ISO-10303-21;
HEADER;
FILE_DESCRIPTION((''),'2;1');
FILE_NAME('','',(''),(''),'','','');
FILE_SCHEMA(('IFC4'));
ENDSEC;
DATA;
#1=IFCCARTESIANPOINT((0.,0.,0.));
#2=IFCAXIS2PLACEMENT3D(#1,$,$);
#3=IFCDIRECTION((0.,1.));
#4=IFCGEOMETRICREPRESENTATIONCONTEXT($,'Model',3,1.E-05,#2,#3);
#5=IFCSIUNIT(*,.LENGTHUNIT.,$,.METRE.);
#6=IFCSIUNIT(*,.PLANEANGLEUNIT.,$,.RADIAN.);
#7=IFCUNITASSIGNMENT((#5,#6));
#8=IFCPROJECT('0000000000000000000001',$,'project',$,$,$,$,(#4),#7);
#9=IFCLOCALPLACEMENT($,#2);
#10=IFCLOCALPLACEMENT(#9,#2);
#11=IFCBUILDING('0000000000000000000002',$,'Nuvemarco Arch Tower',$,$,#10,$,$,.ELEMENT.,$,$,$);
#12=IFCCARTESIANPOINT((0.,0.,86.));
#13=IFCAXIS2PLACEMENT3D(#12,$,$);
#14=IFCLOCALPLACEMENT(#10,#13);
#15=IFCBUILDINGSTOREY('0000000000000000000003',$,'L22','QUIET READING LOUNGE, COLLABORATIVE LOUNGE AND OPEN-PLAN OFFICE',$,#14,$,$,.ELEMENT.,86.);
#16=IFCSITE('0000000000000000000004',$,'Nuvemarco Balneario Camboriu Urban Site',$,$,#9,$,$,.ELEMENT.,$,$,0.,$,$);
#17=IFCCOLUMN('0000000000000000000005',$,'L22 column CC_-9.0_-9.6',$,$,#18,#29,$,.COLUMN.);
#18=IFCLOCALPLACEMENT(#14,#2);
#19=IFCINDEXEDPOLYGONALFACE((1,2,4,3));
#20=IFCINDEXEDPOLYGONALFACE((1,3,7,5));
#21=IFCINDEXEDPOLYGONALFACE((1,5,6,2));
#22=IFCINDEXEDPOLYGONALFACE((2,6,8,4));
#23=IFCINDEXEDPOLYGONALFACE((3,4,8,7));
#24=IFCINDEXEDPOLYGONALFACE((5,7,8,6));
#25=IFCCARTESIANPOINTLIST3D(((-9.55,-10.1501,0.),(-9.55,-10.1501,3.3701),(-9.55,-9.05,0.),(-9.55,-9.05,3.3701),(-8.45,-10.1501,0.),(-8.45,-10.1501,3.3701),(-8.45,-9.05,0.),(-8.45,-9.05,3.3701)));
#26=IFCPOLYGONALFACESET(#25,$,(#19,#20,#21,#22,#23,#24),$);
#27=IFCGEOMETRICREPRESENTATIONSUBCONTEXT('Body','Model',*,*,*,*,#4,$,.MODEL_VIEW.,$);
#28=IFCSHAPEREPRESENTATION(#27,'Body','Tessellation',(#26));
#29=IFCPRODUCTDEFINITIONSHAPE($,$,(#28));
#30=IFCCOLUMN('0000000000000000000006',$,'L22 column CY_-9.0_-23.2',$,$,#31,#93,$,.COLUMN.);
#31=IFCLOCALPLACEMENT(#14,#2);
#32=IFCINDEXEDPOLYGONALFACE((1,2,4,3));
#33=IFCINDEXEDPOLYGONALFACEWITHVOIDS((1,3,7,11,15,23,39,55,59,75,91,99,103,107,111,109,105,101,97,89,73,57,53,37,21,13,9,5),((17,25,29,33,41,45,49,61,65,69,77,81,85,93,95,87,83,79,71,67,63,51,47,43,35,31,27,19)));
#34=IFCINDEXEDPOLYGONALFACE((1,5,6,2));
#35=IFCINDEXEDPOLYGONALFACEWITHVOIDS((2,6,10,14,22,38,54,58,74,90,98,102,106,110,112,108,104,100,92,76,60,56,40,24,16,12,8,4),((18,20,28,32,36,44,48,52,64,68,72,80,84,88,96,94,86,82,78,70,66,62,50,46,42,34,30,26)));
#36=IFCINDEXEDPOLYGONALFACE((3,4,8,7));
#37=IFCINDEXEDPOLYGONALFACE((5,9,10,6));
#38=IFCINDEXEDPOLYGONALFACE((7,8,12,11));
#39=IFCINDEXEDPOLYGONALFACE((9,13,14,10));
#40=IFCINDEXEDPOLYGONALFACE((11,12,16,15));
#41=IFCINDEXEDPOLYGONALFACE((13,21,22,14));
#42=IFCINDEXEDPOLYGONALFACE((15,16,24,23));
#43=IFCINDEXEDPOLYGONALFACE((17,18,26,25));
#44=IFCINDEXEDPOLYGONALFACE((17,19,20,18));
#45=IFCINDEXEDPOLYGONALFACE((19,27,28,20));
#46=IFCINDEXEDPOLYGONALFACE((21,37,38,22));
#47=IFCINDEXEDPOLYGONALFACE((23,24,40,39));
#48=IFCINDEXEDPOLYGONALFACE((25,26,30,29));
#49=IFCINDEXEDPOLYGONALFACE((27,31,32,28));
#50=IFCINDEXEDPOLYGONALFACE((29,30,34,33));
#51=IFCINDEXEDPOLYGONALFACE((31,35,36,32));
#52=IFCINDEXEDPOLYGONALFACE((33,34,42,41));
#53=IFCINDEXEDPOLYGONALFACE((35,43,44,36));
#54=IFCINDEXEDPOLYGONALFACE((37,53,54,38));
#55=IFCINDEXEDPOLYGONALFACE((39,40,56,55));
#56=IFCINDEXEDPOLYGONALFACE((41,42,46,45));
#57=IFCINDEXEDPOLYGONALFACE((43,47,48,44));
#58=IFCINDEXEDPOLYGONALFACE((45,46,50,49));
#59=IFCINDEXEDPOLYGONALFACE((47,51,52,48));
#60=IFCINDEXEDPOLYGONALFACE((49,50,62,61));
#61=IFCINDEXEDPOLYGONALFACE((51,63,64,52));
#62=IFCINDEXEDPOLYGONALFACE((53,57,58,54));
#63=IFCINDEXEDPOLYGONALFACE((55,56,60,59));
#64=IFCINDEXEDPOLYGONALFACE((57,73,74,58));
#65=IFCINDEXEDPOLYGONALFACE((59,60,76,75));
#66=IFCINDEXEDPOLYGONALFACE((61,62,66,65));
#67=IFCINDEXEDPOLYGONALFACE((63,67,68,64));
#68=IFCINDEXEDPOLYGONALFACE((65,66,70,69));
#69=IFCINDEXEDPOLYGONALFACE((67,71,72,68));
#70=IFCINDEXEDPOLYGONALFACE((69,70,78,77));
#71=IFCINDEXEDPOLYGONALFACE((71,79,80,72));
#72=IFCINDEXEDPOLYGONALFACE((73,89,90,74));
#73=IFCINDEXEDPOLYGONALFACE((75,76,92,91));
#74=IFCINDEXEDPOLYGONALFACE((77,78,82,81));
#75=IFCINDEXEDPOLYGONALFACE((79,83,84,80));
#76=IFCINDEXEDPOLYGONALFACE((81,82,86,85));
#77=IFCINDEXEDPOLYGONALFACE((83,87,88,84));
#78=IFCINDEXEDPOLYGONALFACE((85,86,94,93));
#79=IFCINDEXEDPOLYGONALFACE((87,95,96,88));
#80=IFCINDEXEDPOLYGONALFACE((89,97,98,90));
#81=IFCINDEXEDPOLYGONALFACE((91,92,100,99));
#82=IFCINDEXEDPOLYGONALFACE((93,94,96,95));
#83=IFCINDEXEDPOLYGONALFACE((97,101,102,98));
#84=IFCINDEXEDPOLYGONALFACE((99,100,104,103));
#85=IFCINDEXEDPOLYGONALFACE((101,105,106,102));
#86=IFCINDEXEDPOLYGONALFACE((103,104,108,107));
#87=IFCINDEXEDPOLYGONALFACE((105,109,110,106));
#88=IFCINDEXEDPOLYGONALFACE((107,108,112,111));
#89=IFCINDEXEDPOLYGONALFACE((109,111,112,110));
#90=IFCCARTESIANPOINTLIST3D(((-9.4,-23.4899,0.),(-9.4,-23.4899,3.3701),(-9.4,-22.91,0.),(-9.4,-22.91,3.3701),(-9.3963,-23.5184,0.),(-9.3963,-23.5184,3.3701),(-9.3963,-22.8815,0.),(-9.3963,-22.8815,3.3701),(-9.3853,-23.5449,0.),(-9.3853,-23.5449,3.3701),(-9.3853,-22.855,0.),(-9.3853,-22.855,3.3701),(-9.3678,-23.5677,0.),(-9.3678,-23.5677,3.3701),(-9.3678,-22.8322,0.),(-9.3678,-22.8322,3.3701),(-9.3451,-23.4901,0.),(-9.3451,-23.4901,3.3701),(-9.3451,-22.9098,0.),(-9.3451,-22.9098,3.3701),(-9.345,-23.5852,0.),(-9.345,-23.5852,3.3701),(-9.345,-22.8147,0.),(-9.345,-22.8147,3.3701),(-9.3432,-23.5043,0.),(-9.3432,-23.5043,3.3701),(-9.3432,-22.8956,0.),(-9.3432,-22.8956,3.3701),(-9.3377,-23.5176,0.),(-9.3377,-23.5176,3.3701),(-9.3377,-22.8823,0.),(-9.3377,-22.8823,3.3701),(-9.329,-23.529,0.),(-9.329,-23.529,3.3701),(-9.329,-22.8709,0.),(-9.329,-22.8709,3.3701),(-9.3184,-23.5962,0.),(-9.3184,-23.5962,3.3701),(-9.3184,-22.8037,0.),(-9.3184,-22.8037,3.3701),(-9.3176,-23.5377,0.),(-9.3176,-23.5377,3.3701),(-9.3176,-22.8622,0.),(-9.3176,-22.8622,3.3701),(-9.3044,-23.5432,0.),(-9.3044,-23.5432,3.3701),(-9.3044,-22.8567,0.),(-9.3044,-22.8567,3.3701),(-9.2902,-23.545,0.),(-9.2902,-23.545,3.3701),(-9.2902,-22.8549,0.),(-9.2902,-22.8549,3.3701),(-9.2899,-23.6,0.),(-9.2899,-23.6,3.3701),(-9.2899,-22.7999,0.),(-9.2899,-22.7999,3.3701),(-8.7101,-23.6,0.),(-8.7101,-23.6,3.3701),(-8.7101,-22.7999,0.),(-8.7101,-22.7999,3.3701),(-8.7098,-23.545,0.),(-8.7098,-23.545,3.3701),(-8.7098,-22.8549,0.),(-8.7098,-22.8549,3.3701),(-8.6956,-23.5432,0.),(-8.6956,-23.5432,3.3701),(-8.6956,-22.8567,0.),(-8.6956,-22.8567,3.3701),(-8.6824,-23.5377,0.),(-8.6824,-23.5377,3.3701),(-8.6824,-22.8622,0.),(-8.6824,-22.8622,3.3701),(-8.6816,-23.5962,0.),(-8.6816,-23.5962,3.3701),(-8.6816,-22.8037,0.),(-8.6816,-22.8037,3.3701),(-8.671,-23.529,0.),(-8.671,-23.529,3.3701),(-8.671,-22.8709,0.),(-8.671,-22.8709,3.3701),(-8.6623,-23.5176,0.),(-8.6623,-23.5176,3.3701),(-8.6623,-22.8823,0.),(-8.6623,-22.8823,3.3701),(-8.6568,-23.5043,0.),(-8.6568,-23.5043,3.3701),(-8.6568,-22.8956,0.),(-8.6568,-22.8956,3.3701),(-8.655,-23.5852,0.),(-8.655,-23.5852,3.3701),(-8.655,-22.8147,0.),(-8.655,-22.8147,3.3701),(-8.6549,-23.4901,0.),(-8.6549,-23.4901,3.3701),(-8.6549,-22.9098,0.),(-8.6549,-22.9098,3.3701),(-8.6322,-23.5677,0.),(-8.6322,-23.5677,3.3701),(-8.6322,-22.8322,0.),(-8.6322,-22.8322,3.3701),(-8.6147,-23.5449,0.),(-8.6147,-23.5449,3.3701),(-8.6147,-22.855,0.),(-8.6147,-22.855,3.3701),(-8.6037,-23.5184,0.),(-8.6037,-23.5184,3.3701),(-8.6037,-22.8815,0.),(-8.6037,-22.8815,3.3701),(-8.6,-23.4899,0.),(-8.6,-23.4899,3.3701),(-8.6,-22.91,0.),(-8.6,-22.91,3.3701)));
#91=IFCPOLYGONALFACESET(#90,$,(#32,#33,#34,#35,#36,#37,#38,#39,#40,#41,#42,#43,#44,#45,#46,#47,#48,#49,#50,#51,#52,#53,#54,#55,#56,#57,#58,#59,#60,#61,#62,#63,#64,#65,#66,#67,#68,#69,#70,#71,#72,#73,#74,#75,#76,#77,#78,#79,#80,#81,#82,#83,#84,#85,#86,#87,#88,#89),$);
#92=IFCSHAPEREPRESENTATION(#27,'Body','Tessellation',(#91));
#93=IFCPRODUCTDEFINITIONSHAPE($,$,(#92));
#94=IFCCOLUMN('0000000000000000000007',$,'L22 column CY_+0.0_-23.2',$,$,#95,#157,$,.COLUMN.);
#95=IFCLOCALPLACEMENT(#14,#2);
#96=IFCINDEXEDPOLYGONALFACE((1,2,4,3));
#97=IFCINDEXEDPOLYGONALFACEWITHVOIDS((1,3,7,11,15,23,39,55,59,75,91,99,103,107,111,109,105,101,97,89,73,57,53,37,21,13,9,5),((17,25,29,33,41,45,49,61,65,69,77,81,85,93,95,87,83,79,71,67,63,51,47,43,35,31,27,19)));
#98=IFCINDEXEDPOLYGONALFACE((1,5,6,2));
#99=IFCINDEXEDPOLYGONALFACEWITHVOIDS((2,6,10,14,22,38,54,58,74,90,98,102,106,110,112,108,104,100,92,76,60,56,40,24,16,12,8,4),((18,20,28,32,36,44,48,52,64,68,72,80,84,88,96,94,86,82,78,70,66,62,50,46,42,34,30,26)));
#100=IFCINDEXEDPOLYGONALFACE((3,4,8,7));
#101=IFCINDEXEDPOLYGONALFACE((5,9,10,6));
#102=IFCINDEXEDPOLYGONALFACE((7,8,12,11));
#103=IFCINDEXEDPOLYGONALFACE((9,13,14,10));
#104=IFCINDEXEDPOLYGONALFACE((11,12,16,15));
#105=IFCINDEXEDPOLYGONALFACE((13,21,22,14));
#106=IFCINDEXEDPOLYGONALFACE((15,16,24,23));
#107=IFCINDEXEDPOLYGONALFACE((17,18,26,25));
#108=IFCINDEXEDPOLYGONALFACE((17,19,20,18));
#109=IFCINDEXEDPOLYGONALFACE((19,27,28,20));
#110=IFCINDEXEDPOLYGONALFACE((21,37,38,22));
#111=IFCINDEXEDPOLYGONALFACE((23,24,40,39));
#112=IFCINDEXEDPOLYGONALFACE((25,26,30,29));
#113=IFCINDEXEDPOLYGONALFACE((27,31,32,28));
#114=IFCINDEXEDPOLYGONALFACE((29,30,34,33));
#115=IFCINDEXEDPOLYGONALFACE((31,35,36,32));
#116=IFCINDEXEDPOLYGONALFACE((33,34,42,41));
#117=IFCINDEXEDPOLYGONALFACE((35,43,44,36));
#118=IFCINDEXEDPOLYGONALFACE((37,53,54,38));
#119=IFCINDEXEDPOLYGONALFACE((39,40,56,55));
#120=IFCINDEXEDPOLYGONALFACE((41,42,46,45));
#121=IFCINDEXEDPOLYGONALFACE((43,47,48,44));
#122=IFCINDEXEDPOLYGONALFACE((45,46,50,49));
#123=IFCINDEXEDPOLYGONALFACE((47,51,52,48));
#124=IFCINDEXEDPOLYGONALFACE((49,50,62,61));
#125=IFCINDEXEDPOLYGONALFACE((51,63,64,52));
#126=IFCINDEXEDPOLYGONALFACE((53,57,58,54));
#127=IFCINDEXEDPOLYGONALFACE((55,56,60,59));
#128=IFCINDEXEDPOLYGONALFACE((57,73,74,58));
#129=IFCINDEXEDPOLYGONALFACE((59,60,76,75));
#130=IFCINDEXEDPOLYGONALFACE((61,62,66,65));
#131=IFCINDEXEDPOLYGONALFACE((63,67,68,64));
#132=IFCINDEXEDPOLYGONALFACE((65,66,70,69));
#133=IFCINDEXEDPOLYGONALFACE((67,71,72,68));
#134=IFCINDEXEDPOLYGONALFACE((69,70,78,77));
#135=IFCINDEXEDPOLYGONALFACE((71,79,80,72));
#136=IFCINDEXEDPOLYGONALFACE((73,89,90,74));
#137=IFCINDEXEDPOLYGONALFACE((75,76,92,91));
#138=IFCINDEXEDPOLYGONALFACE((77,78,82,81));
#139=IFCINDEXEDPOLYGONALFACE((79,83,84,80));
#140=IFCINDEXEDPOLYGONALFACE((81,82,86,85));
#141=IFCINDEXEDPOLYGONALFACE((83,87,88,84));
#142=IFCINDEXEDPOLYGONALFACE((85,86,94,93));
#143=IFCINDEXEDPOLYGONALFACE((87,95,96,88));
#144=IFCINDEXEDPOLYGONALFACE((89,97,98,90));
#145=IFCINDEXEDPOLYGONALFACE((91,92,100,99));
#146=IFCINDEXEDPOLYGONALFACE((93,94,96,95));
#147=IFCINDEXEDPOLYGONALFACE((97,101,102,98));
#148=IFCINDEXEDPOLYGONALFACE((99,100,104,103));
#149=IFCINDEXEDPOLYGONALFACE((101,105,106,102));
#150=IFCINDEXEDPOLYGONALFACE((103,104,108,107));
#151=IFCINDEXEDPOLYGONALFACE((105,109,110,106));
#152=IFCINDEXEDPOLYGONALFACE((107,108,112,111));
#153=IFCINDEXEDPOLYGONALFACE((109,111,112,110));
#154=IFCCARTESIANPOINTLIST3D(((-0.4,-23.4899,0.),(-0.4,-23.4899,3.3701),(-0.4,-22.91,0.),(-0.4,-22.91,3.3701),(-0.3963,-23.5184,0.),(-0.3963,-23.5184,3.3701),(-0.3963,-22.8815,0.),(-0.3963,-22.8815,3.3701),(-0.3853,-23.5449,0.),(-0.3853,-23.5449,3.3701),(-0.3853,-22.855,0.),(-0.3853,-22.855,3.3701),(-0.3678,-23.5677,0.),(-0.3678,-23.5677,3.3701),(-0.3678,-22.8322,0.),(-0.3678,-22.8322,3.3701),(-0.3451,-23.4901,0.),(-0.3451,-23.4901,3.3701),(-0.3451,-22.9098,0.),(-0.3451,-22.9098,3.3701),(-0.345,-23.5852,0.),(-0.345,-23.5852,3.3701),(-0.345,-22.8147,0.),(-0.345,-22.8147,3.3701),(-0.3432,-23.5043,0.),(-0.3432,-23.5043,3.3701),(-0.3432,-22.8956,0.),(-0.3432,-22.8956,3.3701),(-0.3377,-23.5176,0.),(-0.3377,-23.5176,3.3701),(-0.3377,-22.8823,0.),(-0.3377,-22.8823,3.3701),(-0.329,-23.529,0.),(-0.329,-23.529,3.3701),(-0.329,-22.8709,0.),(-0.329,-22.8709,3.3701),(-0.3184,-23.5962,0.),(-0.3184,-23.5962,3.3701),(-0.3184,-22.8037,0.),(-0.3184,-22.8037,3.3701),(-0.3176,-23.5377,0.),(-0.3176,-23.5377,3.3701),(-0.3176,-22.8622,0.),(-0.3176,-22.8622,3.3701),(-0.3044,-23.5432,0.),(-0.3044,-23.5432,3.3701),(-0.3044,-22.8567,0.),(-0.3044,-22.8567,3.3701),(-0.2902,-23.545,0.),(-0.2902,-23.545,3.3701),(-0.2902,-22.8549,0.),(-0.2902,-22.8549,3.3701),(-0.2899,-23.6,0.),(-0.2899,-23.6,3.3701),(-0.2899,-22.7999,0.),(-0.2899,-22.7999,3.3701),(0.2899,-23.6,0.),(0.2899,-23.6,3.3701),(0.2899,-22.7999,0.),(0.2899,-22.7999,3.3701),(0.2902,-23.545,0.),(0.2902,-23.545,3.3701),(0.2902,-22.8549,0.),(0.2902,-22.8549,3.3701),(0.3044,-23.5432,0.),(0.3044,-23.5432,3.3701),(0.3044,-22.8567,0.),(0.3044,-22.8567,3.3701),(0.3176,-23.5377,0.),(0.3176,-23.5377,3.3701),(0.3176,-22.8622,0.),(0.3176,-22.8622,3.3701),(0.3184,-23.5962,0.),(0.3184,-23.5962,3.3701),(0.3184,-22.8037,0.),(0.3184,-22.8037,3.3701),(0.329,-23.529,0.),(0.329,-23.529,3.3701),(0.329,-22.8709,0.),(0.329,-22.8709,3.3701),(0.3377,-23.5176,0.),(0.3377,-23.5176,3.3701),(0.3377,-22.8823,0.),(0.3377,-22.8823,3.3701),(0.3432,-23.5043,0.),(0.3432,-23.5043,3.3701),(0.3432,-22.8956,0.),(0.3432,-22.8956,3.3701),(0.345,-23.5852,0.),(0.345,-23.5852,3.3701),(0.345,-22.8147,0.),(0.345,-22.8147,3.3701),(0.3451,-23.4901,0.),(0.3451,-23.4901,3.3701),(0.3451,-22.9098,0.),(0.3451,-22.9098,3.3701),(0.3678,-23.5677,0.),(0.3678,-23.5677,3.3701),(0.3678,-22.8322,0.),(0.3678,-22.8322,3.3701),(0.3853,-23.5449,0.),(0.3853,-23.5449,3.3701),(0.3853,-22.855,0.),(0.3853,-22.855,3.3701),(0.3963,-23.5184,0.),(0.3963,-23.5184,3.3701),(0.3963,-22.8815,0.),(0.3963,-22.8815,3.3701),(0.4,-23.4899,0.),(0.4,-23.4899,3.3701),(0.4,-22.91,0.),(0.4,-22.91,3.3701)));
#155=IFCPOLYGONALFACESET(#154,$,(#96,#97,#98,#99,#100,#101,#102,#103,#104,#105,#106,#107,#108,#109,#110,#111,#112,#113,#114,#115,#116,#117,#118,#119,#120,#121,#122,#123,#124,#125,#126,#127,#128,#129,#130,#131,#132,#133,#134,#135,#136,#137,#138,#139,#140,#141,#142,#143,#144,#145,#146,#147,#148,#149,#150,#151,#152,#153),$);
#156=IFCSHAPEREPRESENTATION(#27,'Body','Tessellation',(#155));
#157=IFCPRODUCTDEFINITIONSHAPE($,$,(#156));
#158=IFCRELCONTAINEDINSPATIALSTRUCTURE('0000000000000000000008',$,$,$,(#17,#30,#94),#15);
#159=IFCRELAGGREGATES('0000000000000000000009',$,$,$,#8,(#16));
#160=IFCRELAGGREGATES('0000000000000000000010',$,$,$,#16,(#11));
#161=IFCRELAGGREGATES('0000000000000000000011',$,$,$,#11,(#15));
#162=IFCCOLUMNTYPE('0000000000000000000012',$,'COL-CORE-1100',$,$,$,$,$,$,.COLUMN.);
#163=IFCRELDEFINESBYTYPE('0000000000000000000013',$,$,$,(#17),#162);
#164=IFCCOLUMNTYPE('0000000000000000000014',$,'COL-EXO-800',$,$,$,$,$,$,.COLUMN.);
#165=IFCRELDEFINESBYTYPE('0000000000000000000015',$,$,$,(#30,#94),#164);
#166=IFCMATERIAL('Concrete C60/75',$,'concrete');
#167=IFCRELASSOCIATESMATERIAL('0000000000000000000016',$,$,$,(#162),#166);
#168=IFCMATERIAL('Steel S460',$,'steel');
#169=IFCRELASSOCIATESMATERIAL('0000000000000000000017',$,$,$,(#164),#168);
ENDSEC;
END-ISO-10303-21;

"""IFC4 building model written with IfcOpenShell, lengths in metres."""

from ifc_helpers import new_model, si_unit, direction, frame, origin, origin_2d, place, context, subcontext, project, spatial, rectangle, hollow_rectangle, extrude, material, material_profile, profile_set, type_object, element, save


model = new_model("IFC4")

# Units and contexts
model_context = context("Model", 3, precision=1e-05, world=origin(), true_north=direction((0.0, 1.0)))
body_context = subcontext(model_context, "Body", "Model", "MODEL_VIEW")
ifc_project = project(units=[si_unit("LENGTHUNIT", "METRE"), si_unit("PLANEANGLEUNIT", "RADIAN")], contexts=[model_context])

# Site, building, storey
site_placement = place(None, origin())
site = spatial("IfcSite", under=ifc_project, at=site_placement, Name="Nuvemarco Balneario Camboriu Urban Site", CompositionType="ELEMENT", RefElevation=0.0)
building_placement = place(site_placement, origin())
building = spatial("IfcBuilding", under=site, at=building_placement, Name="Nuvemarco Arch Tower", CompositionType="ELEMENT")
storey_placement = place(building_placement, frame((0.0, 0.0, 86.0)))
storey = spatial("IfcBuildingStorey", under=building, at=storey_placement, Name="L22", Description="QUIET READING LOUNGE, COLLABORATIVE LOUNGE AND OPEN-PLAN OFFICE", CompositionType="ELEMENT", Elevation=86.0)

# Columns
ifc_material_1 = material(Name="Concrete C60/75", Category="concrete")
ifc_material_profile_1 = material_profile(ifc_material_1, rectangle(XDim=1.1001, YDim=1.1001, at=origin_2d()), Name="RC-COL-1100x1100")
ifc_profile_set_1 = profile_set([ifc_material_profile_1], Name="Concrete C60/75")
column_type_1 = type_object("IfcColumnType", Name="COL-CORE-1100", PredefinedType="COLUMN", material=ifc_profile_set_1)
column_placement = place(storey_placement, frame((-9.0, -9.6001, 0.0), z_axis=(0.0, 0.0, 1.0), x_axis=(1.0, 0.0, 0.0)))
element("IfcColumn", 1, at=column_placement, inside=storey, type_object=column_type_1, Name="L22 column CC_-9.0_-9.6", PredefinedType="COLUMN", context=body_context, shape_type="SweptSolid", body=[
    extrude(rectangle(XDim=1.1001, YDim=1.1001, at=origin_2d()), origin(), (0.0, 0.0, 1.0), 3.3701),
])
ifc_material_2 = material(Name="Steel S460", Category="steel")
ifc_material_profile_2 = material_profile(ifc_material_2, hollow_rectangle(XDim=0.8, YDim=0.8, WallThickness=0.0549, InnerFilletRadius=0.0549, OuterFilletRadius=0.1101, at=origin_2d()), Name="SHS800x800x55")
ifc_profile_set_2 = profile_set([ifc_material_profile_2], Name="Steel S460")
column_type_2 = type_object("IfcColumnType", Name="COL-EXO-800", PredefinedType="COLUMN", material=ifc_profile_set_2)
for number, where, z_axis, x_axis, name in (
    (2, (-9.0, -23.2, 0.0), (0.0, 0.0, 1.0), (1.0, 0.0, 0.0), "L22 column CY_-9.0_-23.2"),
    (3, (0.0, -23.2, 0.0), (0.0, 0.0, 1.0), (1.0, 0.0, 0.0), "L22 column CY_+0.0_-23.2"),
):
    element("IfcColumn", number, at=place(storey_placement, frame(where, z_axis=z_axis, x_axis=x_axis)), inside=storey, type_object=column_type_2, Name=name, PredefinedType="COLUMN", context=body_context, shape_type="SweptSolid", body=[
        extrude(hollow_rectangle(XDim=0.8, YDim=0.8, WallThickness=0.0549, InnerFilletRadius=0.0549, OuterFilletRadius=0.1101, at=origin_2d()), origin(), (0.0, 0.0, 1.0), 3.3701),
    ])

save(model, "model.ifc")
